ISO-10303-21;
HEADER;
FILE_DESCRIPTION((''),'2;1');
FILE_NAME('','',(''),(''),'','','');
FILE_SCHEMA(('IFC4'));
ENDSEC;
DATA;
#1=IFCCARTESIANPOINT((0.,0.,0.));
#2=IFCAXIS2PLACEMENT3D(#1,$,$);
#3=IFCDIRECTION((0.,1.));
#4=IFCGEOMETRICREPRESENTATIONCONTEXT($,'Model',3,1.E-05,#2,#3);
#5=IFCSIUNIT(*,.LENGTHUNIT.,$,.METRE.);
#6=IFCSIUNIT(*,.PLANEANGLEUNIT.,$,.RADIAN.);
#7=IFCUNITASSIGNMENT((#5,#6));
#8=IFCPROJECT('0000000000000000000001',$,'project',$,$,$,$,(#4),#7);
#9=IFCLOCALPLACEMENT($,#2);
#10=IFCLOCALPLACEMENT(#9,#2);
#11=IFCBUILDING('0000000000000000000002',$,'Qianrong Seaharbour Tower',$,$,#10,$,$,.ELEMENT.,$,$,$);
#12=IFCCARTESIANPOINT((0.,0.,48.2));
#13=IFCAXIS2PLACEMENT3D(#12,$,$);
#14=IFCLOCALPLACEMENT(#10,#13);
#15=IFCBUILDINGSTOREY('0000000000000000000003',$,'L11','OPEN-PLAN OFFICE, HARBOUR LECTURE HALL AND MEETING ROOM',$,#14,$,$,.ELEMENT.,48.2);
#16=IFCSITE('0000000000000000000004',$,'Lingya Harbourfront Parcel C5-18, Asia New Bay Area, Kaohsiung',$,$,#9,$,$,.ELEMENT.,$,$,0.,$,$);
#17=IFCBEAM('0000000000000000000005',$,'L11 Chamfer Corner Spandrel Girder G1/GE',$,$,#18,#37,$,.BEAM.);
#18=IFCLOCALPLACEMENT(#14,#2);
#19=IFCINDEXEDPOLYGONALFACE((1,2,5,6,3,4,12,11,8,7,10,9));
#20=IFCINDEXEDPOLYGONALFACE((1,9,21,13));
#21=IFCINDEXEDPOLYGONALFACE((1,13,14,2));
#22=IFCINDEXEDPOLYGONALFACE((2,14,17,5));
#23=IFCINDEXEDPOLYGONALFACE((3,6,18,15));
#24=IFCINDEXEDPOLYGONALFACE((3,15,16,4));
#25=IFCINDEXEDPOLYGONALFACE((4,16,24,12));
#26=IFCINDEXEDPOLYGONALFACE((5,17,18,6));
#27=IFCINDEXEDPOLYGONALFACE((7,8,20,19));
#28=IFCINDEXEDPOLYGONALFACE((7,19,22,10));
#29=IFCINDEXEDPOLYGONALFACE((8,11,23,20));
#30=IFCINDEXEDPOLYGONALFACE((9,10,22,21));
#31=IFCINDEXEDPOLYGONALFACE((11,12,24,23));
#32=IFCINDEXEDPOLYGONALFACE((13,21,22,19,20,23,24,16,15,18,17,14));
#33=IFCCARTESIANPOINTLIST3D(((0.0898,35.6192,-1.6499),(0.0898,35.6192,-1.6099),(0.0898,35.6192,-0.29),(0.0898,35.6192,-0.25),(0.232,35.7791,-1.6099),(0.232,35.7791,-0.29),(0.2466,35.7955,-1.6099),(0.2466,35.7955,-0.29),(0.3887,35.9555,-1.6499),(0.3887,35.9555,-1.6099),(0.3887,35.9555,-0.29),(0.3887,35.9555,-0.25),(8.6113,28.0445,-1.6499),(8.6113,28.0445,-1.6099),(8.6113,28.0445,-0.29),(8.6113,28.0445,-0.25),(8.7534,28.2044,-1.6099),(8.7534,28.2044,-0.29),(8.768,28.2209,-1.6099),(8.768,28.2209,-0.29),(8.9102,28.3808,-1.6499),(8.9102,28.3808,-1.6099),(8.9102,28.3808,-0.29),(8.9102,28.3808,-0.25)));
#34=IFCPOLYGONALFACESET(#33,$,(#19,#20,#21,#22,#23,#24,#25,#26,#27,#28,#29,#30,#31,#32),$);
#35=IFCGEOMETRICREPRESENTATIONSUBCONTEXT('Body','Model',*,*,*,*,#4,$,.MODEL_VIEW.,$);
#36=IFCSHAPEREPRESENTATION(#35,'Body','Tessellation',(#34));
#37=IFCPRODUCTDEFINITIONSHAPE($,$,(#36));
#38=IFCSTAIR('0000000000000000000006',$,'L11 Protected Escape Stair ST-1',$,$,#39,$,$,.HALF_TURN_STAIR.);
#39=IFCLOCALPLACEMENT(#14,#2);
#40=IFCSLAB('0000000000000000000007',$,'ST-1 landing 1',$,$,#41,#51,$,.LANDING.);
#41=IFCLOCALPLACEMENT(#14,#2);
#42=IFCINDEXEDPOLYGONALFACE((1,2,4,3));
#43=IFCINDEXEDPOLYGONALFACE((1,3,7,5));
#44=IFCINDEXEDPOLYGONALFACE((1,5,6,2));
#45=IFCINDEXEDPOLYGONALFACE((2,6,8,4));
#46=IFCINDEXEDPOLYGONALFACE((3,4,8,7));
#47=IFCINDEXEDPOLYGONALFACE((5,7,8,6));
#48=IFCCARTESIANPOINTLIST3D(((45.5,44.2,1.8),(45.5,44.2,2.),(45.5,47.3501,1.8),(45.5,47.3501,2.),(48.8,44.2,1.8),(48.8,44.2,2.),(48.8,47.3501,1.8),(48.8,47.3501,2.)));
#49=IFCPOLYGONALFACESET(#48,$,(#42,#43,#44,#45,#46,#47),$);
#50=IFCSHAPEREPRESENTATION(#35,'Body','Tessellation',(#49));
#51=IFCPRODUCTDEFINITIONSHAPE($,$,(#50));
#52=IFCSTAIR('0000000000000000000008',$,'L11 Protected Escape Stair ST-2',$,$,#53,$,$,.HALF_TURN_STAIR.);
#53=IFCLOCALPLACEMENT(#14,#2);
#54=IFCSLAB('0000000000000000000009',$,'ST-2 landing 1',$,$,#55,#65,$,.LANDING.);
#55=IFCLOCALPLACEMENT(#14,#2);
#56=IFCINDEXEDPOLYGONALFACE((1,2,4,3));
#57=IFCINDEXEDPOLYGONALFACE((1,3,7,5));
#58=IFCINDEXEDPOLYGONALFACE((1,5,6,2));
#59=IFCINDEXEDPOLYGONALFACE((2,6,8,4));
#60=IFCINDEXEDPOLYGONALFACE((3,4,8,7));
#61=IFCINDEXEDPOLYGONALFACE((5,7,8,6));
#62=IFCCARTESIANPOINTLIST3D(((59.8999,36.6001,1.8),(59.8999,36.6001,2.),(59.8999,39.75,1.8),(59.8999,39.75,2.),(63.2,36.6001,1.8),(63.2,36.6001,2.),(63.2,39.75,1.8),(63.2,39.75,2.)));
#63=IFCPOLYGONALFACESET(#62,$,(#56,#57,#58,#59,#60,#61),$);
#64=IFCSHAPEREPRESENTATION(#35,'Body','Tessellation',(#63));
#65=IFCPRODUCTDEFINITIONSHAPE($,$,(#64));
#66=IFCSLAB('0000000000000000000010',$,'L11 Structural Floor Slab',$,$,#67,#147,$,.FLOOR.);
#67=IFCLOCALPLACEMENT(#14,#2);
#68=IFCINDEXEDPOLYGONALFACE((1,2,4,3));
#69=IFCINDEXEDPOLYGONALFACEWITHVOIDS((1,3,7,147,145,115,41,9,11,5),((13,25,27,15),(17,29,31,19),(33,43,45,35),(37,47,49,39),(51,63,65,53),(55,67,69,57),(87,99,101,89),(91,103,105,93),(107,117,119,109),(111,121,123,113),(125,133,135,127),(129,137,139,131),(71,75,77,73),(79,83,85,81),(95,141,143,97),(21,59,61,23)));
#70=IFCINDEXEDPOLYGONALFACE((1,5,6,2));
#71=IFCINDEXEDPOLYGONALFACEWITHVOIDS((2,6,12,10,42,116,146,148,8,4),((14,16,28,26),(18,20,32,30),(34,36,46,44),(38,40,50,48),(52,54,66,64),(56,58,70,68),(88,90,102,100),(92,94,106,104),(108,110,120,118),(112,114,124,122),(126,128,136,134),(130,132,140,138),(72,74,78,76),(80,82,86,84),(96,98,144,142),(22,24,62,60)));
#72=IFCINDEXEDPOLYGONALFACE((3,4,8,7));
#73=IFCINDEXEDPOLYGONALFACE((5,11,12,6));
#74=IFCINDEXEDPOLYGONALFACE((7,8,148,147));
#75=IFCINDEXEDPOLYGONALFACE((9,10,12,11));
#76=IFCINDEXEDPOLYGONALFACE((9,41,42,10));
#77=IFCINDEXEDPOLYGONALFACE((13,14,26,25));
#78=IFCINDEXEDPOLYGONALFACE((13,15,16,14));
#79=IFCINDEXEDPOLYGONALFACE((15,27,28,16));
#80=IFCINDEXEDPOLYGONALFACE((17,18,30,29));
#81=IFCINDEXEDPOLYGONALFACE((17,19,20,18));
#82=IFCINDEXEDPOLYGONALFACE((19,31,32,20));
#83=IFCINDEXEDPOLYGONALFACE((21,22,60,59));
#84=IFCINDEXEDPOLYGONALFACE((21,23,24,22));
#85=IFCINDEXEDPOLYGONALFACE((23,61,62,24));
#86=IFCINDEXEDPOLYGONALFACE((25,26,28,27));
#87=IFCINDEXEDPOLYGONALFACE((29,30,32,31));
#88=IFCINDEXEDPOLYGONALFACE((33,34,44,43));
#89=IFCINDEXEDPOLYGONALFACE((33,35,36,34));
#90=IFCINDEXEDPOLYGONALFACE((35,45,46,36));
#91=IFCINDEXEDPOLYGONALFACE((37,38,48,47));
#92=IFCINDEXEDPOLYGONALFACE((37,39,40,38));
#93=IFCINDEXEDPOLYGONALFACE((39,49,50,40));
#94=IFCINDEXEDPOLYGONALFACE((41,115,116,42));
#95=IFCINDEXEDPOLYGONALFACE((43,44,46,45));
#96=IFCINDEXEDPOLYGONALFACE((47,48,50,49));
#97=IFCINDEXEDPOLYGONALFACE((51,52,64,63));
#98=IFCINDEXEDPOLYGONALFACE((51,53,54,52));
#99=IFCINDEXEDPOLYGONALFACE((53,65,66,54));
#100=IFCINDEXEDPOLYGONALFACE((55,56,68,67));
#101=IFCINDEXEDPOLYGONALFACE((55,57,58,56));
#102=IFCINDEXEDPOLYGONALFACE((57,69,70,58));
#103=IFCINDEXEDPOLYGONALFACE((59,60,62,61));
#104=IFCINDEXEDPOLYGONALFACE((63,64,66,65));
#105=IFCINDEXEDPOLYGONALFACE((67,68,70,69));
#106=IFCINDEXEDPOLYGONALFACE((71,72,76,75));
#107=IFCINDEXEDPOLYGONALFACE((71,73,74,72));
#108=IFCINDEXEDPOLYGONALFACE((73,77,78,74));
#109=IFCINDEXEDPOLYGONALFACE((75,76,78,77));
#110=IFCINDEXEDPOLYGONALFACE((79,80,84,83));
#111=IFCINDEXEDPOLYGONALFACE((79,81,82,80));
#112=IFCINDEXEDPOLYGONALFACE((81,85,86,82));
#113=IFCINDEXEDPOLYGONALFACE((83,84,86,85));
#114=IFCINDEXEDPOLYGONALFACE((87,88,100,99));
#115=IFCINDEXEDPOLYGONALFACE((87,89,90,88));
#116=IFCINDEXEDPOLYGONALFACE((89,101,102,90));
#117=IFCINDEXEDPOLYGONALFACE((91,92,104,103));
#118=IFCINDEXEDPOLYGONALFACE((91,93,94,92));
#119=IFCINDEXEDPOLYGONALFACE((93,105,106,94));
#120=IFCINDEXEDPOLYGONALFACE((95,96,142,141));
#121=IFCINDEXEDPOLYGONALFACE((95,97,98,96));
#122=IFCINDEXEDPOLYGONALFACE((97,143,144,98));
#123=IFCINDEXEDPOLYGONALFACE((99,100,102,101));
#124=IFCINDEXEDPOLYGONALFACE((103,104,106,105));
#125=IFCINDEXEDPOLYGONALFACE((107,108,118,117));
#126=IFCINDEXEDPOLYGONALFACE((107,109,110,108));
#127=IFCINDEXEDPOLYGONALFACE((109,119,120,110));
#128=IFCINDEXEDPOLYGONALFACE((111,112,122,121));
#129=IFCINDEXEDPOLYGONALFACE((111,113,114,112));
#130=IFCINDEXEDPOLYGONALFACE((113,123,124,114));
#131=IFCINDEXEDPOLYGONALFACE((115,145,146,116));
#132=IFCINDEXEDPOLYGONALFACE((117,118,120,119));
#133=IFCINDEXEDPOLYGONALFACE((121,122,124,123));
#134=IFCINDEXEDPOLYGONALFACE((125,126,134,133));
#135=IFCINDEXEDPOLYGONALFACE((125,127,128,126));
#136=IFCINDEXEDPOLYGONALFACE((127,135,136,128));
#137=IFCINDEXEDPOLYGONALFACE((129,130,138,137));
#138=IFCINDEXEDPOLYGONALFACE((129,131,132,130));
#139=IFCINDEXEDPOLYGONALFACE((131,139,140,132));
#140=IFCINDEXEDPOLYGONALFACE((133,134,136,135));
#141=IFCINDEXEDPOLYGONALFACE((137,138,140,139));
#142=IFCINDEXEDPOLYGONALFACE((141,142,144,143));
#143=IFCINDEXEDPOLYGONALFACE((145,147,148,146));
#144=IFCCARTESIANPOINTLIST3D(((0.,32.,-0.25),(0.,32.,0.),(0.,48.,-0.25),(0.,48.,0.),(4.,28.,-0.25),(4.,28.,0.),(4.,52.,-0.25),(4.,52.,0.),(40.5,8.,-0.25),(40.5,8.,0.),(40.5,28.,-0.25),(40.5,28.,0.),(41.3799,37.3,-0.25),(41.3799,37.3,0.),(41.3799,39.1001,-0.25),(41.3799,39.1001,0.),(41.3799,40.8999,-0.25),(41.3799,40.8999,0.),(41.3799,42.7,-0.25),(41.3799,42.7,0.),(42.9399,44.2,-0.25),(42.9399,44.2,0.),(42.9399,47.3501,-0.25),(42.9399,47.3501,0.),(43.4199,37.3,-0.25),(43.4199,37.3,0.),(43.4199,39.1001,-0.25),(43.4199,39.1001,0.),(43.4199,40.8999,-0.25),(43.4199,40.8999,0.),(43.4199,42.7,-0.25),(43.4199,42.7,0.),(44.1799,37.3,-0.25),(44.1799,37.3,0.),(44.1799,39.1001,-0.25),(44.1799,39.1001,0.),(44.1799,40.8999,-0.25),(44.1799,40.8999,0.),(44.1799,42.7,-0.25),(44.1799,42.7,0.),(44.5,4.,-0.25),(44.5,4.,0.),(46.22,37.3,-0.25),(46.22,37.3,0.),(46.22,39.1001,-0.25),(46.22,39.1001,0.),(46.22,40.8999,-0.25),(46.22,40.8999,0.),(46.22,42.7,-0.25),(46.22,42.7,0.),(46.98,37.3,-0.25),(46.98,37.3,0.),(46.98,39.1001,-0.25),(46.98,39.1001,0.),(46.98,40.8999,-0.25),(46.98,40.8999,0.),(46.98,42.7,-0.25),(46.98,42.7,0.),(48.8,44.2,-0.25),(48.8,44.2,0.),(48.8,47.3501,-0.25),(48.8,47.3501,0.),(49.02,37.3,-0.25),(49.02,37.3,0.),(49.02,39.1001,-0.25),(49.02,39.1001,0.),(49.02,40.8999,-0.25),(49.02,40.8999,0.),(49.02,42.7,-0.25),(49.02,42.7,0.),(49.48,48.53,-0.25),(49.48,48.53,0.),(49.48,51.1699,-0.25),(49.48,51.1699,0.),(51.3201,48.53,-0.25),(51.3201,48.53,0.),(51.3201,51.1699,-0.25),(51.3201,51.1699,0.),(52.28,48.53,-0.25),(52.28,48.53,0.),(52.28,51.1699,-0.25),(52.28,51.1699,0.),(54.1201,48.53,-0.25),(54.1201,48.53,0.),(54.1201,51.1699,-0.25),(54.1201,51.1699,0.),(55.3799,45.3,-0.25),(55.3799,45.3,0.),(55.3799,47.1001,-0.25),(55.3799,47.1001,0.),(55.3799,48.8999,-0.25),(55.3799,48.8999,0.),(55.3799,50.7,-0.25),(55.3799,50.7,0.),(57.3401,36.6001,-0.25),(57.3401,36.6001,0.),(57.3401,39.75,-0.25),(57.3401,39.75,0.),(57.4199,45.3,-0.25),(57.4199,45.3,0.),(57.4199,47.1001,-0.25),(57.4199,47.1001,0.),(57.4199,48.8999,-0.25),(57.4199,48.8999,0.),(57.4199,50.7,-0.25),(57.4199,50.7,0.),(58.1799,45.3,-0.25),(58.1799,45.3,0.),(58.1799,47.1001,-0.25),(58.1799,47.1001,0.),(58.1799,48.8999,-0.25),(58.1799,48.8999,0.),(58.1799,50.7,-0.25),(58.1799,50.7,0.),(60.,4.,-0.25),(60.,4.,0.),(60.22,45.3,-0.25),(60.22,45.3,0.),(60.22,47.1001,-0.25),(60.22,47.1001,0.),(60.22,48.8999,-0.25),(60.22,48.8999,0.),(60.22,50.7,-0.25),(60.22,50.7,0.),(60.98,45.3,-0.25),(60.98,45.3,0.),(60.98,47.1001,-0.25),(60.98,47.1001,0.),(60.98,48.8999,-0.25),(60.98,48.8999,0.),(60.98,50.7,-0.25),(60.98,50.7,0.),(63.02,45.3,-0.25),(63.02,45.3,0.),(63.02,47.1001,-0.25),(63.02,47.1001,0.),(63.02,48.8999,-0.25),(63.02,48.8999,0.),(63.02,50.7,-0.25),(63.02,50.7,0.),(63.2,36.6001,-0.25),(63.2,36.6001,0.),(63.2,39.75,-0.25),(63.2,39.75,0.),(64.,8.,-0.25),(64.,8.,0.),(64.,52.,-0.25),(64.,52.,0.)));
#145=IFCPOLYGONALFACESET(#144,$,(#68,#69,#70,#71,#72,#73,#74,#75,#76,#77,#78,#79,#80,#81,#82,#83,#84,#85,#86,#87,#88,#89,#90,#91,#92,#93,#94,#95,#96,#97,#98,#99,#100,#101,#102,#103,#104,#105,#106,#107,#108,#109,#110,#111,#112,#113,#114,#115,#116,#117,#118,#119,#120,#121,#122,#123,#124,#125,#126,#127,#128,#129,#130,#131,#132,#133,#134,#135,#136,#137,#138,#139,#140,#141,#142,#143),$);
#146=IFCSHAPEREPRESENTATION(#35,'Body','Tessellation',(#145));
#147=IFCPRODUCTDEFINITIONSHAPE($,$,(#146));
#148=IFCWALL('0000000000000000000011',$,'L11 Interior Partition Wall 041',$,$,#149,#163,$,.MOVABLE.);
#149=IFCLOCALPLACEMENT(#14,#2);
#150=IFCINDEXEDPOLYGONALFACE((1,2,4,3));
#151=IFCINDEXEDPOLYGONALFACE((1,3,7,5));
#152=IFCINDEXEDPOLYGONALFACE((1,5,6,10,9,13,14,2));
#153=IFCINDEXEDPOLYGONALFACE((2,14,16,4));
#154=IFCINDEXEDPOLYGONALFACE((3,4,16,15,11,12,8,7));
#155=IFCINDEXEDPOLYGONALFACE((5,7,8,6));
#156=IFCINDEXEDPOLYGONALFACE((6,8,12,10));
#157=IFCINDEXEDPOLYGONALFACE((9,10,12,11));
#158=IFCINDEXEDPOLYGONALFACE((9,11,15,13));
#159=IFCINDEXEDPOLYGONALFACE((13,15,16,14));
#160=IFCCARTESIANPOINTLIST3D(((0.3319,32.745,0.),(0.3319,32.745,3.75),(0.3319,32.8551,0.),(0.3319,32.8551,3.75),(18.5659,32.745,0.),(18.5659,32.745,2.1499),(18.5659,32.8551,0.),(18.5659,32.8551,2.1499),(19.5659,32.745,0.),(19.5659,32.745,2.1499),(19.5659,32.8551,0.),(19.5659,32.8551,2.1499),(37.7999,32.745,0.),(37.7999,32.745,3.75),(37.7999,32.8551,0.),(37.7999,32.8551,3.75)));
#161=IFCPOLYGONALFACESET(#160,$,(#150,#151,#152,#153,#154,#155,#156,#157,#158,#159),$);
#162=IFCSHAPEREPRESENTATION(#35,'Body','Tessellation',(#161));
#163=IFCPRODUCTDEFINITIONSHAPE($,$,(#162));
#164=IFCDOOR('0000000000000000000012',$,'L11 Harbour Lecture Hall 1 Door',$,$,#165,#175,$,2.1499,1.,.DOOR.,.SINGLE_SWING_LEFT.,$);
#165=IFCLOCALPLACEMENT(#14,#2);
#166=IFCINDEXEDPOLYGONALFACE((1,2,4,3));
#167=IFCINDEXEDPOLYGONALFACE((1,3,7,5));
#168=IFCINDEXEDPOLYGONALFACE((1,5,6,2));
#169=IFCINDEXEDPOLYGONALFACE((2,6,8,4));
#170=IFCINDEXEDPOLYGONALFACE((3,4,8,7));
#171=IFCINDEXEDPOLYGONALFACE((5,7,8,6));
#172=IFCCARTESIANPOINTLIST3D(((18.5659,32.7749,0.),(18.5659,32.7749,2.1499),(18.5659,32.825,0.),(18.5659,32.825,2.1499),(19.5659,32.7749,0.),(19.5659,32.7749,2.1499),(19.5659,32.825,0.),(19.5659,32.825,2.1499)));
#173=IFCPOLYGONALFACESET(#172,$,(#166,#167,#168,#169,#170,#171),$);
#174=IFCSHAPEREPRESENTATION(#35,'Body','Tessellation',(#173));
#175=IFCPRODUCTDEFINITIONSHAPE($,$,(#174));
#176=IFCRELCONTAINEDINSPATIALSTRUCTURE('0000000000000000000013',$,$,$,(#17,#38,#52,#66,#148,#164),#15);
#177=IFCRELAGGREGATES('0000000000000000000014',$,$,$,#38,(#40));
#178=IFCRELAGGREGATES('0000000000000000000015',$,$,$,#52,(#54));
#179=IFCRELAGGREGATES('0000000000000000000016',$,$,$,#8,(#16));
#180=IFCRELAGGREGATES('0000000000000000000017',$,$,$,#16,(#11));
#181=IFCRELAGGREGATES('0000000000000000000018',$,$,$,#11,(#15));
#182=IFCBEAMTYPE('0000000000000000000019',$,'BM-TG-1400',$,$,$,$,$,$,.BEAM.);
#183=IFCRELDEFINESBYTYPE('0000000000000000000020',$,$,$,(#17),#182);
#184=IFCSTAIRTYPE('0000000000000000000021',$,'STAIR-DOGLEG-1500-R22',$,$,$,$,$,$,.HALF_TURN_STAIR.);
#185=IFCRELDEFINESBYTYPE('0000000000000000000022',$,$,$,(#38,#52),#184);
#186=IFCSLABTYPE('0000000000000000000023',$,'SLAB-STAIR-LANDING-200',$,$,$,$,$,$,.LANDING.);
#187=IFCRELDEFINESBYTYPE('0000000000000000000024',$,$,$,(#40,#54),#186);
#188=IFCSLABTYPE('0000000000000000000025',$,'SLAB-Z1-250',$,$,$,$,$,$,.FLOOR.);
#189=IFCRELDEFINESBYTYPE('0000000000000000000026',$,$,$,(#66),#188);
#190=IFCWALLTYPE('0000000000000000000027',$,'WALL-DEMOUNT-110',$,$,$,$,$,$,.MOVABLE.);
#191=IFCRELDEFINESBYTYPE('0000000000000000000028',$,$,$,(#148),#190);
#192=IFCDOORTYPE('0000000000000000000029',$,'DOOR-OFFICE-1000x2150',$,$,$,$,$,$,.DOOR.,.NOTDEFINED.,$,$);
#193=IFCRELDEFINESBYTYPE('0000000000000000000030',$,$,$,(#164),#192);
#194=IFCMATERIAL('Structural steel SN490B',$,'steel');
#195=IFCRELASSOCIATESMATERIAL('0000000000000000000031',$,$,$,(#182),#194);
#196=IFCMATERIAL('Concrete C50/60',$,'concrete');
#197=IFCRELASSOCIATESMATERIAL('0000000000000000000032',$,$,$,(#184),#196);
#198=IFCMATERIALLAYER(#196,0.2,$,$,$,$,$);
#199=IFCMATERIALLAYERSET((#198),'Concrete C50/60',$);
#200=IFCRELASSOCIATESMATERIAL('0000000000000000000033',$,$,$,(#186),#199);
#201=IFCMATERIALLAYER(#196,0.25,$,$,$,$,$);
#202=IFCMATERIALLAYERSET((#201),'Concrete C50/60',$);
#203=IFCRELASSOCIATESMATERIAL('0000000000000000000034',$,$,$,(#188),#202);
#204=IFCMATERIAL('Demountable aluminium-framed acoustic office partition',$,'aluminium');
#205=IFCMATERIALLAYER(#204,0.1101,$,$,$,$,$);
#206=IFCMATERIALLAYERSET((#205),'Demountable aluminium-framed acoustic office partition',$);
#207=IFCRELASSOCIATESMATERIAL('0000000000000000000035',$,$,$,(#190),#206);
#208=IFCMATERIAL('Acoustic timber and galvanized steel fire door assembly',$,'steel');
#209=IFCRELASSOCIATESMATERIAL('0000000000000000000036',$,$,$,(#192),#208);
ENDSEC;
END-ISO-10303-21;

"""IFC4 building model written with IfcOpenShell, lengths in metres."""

from ifc_helpers import new_model, si_unit, direction, frame, frame_2d, origin, origin_2d, place, context, subcontext, project, spatial, polyline, rectangle, i_section, outline, extrude, material, layer, layer_set, material_profile, profile_set, type_object, element, fill, aggregate, save


model = new_model("IFC4")

# Units and contexts
model_context = context("Model", 3, precision=1e-05, world=origin(), true_north=direction((0.0, 1.0)))
body_context = subcontext(model_context, "Body", "Model", "MODEL_VIEW")
ifc_project = project(units=[si_unit("LENGTHUNIT", "METRE"), si_unit("PLANEANGLEUNIT", "RADIAN")], contexts=[model_context])

# Site, building, storey
site_placement = place(None, origin())
site = spatial("IfcSite", under=ifc_project, at=site_placement, Name="Lingya Harbourfront Parcel C5-18, Asia New Bay Area, Kaohsiung", CompositionType="ELEMENT", RefElevation=0.0)
building_placement = place(site_placement, origin())
building = spatial("IfcBuilding", under=site, at=building_placement, Name="Qianrong Seaharbour Tower", CompositionType="ELEMENT")
storey_placement = place(building_placement, frame((0.0, 0.0, 48.2)))
storey = spatial("IfcBuildingStorey", under=building, at=storey_placement, Name="L11", Description="OPEN-PLAN OFFICE, HARBOUR LECTURE HALL AND MEETING ROOM", CompositionType="ELEMENT", Elevation=48.2)

# Shared definitions
ifc_material_1 = material(Name="Structural steel SN490B", Category="steel")

# Beam
ifc_material_profile_1 = material_profile(ifc_material_1, i_section(OverallWidth=0.45, OverallDepth=1.3999, WebThickness=0.022, FlangeThickness=0.04, at=origin_2d()), Name="BH1400x450x22x40")
ifc_profile_set_1 = profile_set([ifc_material_profile_1], Name="Structural steel SN490B")
beam_type_1 = type_object("IfcBeamType", Name="BM-TG-1400", PredefinedType="BEAM", material=ifc_profile_set_1)
beam_1_placement = place(storey_placement, frame((8.7607, 28.2126, -0.95), z_axis=(-0.747407, 0.664366, 0.0), x_axis=(-0.664366, -0.747407, 0.0)))
element("IfcBeam", 1, at=beam_1_placement, inside=storey, type_object=beam_type_1, Name="L11 Chamfer Corner Spandrel Girder G1/GE", PredefinedType="BEAM", context=body_context, shape_type="SweptSolid", body=[
    extrude(i_section(OverallWidth=0.45, OverallDepth=1.3999, WebThickness=0.022, FlangeThickness=0.04, at=origin_2d()), origin(), (0.0, 0.0, 1.0), 11.4014),
])

# Stairs, slabs
ifc_material_2 = material(Name="Concrete C50/60", Category="concrete")
stair_type = type_object("IfcStairType", Name="STAIR-DOGLEG-1500-R22", PredefinedType="HALF_TURN_STAIR", material=ifc_material_2)
stair_1_placement = place(storey_placement, origin())
stair_1 = element("IfcStair", 2, at=stair_1_placement, inside=storey, type_object=stair_type, Name="L11 Protected Escape Stair ST-1", PredefinedType="HALF_TURN_STAIR")
ifc_layer_1 = layer(ifc_material_2, 0.2)
ifc_layer_set_1 = layer_set([ifc_layer_1], Name="Concrete C50/60")
slab_type_1 = type_object("IfcSlabType", Name="SLAB-STAIR-LANDING-200", PredefinedType="LANDING", material=ifc_layer_set_1)
slab_1_placement = place(storey_placement, frame((0.0, 0.0, 1.8)))
slab_1 = element("IfcSlab", 3, at=slab_1_placement, type_object=slab_type_1, Name="ST-1 landing 1", PredefinedType="LANDING", context=body_context, shape_type="SweptSolid", body=[
    extrude(outline(polyline([(45.5, 44.2), (48.8, 44.2), (48.8, 47.3501), (45.5, 47.3501), (45.5, 44.2)])), origin(), (0.0, 0.0, 1.0), 0.2),
])
aggregate(stair_1, [slab_1])
stair_2_placement = place(storey_placement, origin())
stair_2 = element("IfcStair", 4, at=stair_2_placement, inside=storey, type_object=stair_type, Name="L11 Protected Escape Stair ST-2", PredefinedType="HALF_TURN_STAIR")
slab_2_placement = place(storey_placement, frame((0.0, 0.0, 1.8)))
slab_2 = element("IfcSlab", 5, at=slab_2_placement, type_object=slab_type_1, Name="ST-2 landing 1", PredefinedType="LANDING", context=body_context, shape_type="SweptSolid", body=[
    extrude(outline(polyline([(59.8999, 36.6001), (63.2, 36.6001), (63.2, 39.75), (59.8999, 39.75), (59.8999, 36.6001)])), origin(), (0.0, 0.0, 1.0), 0.2),
])
aggregate(stair_2, [slab_2])

# Slab
ifc_layer_2 = layer(ifc_material_2, 0.25)
ifc_layer_set_2 = layer_set([ifc_layer_2], Name="Concrete C50/60")
slab_type_2 = type_object("IfcSlabType", Name="SLAB-Z1-250", PredefinedType="FLOOR", material=ifc_layer_set_2)
slab_3_placement = place(storey_placement, frame((0.0, 0.0, -0.25)))
element("IfcSlab", 6, at=slab_3_placement, inside=storey, type_object=slab_type_2, Name="L11 Structural Floor Slab", PredefinedType="FLOOR", context=body_context, shape_type="SweptSolid", body=[
    extrude(outline(polyline([(44.5, 4.0), (60.0, 4.0), (64.0, 8.0), (64.0, 52.0), (4.0, 52.0), (0.0, 48.0), (0.0, 32.0), (4.0, 28.0), (40.5, 28.0), (40.5, 8.0), (44.5, 4.0)]), holes=[polyline([(42.9399, 44.2), (42.9399, 47.3501), (48.8, 47.3501), (48.8, 44.2), (42.9399, 44.2)]), polyline([(57.3401, 36.6001), (57.3401, 39.75), (63.2, 39.75), (63.2, 36.6001), (57.3401, 36.6001)]), polyline([(49.48, 48.53), (49.48, 51.1699), (51.3201, 51.1699), (51.3201, 48.53), (49.48, 48.53)]), polyline([(52.28, 48.53), (52.28, 51.1699), (54.1201, 51.1699), (54.1201, 48.53), (52.28, 48.53)]), polyline([(41.3799, 37.3), (41.3799, 39.1001), (43.4199, 39.1001), (43.4199, 37.3), (41.3799, 37.3)]), polyline([(44.1799, 37.3), (44.1799, 39.1001), (46.22, 39.1001), (46.22, 37.3), (44.1799, 37.3)]), polyline([(46.98, 37.3), (46.98, 39.1001), (49.02, 39.1001), (49.02, 37.3), (46.98, 37.3)]), polyline([(41.3799, 40.8999), (41.3799, 42.7), (43.4199, 42.7), (43.4199, 40.8999), (41.3799, 40.8999)]), polyline([(44.1799, 40.8999), (44.1799, 42.7), (46.22, 42.7), (46.22, 40.8999), (44.1799, 40.8999)]), polyline([(46.98, 40.8999), (46.98, 42.7), (49.02, 42.7), (49.02, 40.8999), (46.98, 40.8999)]), polyline([(55.3799, 45.3), (55.3799, 47.1001), (57.4199, 47.1001), (57.4199, 45.3), (55.3799, 45.3)]), polyline([(58.1799, 45.3), (58.1799, 47.1001), (60.22, 47.1001), (60.22, 45.3), (58.1799, 45.3)]), polyline([(60.98, 45.3), (60.98, 47.1001), (63.02, 47.1001), (63.02, 45.3), (60.98, 45.3)]), polyline([(55.3799, 48.8999), (55.3799, 50.7), (57.4199, 50.7), (57.4199, 48.8999), (55.3799, 48.8999)]), polyline([(58.1799, 48.8999), (58.1799, 50.7), (60.22, 50.7), (60.22, 48.8999), (58.1799, 48.8999)]), polyline([(60.98, 48.8999), (60.98, 50.7), (63.02, 50.7), (63.02, 48.8999), (60.98, 48.8999)])]), origin(), (0.0, 0.0, 1.0), 0.25),
])

# Wall, opening, door
ifc_material_3 = material(Name="Demountable aluminium-framed acoustic office partition", Category="aluminium")
ifc_layer_3 = layer(ifc_material_3, 0.1101)
ifc_layer_set_3 = layer_set([ifc_layer_3], Name="Demountable aluminium-framed acoustic office partition")
wall_type_1 = type_object("IfcWallType", Name="WALL-DEMOUNT-110", PredefinedType="MOVABLE", material=ifc_layer_set_3)
wall_1_placement = place(storey_placement, frame((0.332, 32.8, 0.0), z_axis=(0.0, 0.0, 1.0), x_axis=(1.0, 0.0, 0.0)))
wall_1 = element("IfcWall", 7, at=wall_1_placement, inside=storey, type_object=wall_type_1, Name="L11 Interior Partition Wall 041", PredefinedType="MOVABLE", context=body_context, shape_type="SweptSolid", body=[
    extrude(rectangle(XDim=37.468, YDim=0.1101, at=frame_2d((18.7339, 0.0))), origin(), (0.0, 0.0, 1.0), 3.75),
])
opening_placement = place(wall_1_placement, frame((18.2339, 0.0, 0.0)))
opening = element("IfcOpeningElement", 8, at=opening_placement, cuts=wall_1, PredefinedType="OPENING", context=body_context, shape_type="SweptSolid", body=[
    extrude(rectangle(XDim=1.0, YDim=2.1499, at=frame_2d((0.5, 1.075))), frame((0.0, 0.0649, 0.0), z_axis=(0.0, -1.0, 0.0), x_axis=(1.0, 0.0, 0.0)), (0.0, 0.0, 1.0), 0.1301),
])
ifc_material_4 = material(Name="Acoustic timber and galvanized steel fire door assembly", Category="steel")
door_type = type_object("IfcDoorType", Name="DOOR-OFFICE-1000x2150", OperationType="NOTDEFINED", PredefinedType="DOOR", material=ifc_material_4)
door_placement = place(opening_placement, origin())
door = element("IfcDoor", 9, at=door_placement, inside=storey, type_object=door_type, Name="L11 Harbour Lecture Hall 1 Door", OperationType="SINGLE_SWING_LEFT", OverallHeight=2.1499, OverallWidth=1.0, PredefinedType="DOOR", context=body_context, shape_type="SweptSolid", body=[
    extrude(rectangle(XDim=1.0, YDim=2.1499, at=frame_2d((0.5, 1.075))), frame((0.0, 0.0249, 0.0), z_axis=(0.0, -1.0, 0.0), x_axis=(1.0, 0.0, 0.0)), (0.0, 0.0, 1.0), 0.05),
])
fill(opening, door)

save(model, "model.ifc")
